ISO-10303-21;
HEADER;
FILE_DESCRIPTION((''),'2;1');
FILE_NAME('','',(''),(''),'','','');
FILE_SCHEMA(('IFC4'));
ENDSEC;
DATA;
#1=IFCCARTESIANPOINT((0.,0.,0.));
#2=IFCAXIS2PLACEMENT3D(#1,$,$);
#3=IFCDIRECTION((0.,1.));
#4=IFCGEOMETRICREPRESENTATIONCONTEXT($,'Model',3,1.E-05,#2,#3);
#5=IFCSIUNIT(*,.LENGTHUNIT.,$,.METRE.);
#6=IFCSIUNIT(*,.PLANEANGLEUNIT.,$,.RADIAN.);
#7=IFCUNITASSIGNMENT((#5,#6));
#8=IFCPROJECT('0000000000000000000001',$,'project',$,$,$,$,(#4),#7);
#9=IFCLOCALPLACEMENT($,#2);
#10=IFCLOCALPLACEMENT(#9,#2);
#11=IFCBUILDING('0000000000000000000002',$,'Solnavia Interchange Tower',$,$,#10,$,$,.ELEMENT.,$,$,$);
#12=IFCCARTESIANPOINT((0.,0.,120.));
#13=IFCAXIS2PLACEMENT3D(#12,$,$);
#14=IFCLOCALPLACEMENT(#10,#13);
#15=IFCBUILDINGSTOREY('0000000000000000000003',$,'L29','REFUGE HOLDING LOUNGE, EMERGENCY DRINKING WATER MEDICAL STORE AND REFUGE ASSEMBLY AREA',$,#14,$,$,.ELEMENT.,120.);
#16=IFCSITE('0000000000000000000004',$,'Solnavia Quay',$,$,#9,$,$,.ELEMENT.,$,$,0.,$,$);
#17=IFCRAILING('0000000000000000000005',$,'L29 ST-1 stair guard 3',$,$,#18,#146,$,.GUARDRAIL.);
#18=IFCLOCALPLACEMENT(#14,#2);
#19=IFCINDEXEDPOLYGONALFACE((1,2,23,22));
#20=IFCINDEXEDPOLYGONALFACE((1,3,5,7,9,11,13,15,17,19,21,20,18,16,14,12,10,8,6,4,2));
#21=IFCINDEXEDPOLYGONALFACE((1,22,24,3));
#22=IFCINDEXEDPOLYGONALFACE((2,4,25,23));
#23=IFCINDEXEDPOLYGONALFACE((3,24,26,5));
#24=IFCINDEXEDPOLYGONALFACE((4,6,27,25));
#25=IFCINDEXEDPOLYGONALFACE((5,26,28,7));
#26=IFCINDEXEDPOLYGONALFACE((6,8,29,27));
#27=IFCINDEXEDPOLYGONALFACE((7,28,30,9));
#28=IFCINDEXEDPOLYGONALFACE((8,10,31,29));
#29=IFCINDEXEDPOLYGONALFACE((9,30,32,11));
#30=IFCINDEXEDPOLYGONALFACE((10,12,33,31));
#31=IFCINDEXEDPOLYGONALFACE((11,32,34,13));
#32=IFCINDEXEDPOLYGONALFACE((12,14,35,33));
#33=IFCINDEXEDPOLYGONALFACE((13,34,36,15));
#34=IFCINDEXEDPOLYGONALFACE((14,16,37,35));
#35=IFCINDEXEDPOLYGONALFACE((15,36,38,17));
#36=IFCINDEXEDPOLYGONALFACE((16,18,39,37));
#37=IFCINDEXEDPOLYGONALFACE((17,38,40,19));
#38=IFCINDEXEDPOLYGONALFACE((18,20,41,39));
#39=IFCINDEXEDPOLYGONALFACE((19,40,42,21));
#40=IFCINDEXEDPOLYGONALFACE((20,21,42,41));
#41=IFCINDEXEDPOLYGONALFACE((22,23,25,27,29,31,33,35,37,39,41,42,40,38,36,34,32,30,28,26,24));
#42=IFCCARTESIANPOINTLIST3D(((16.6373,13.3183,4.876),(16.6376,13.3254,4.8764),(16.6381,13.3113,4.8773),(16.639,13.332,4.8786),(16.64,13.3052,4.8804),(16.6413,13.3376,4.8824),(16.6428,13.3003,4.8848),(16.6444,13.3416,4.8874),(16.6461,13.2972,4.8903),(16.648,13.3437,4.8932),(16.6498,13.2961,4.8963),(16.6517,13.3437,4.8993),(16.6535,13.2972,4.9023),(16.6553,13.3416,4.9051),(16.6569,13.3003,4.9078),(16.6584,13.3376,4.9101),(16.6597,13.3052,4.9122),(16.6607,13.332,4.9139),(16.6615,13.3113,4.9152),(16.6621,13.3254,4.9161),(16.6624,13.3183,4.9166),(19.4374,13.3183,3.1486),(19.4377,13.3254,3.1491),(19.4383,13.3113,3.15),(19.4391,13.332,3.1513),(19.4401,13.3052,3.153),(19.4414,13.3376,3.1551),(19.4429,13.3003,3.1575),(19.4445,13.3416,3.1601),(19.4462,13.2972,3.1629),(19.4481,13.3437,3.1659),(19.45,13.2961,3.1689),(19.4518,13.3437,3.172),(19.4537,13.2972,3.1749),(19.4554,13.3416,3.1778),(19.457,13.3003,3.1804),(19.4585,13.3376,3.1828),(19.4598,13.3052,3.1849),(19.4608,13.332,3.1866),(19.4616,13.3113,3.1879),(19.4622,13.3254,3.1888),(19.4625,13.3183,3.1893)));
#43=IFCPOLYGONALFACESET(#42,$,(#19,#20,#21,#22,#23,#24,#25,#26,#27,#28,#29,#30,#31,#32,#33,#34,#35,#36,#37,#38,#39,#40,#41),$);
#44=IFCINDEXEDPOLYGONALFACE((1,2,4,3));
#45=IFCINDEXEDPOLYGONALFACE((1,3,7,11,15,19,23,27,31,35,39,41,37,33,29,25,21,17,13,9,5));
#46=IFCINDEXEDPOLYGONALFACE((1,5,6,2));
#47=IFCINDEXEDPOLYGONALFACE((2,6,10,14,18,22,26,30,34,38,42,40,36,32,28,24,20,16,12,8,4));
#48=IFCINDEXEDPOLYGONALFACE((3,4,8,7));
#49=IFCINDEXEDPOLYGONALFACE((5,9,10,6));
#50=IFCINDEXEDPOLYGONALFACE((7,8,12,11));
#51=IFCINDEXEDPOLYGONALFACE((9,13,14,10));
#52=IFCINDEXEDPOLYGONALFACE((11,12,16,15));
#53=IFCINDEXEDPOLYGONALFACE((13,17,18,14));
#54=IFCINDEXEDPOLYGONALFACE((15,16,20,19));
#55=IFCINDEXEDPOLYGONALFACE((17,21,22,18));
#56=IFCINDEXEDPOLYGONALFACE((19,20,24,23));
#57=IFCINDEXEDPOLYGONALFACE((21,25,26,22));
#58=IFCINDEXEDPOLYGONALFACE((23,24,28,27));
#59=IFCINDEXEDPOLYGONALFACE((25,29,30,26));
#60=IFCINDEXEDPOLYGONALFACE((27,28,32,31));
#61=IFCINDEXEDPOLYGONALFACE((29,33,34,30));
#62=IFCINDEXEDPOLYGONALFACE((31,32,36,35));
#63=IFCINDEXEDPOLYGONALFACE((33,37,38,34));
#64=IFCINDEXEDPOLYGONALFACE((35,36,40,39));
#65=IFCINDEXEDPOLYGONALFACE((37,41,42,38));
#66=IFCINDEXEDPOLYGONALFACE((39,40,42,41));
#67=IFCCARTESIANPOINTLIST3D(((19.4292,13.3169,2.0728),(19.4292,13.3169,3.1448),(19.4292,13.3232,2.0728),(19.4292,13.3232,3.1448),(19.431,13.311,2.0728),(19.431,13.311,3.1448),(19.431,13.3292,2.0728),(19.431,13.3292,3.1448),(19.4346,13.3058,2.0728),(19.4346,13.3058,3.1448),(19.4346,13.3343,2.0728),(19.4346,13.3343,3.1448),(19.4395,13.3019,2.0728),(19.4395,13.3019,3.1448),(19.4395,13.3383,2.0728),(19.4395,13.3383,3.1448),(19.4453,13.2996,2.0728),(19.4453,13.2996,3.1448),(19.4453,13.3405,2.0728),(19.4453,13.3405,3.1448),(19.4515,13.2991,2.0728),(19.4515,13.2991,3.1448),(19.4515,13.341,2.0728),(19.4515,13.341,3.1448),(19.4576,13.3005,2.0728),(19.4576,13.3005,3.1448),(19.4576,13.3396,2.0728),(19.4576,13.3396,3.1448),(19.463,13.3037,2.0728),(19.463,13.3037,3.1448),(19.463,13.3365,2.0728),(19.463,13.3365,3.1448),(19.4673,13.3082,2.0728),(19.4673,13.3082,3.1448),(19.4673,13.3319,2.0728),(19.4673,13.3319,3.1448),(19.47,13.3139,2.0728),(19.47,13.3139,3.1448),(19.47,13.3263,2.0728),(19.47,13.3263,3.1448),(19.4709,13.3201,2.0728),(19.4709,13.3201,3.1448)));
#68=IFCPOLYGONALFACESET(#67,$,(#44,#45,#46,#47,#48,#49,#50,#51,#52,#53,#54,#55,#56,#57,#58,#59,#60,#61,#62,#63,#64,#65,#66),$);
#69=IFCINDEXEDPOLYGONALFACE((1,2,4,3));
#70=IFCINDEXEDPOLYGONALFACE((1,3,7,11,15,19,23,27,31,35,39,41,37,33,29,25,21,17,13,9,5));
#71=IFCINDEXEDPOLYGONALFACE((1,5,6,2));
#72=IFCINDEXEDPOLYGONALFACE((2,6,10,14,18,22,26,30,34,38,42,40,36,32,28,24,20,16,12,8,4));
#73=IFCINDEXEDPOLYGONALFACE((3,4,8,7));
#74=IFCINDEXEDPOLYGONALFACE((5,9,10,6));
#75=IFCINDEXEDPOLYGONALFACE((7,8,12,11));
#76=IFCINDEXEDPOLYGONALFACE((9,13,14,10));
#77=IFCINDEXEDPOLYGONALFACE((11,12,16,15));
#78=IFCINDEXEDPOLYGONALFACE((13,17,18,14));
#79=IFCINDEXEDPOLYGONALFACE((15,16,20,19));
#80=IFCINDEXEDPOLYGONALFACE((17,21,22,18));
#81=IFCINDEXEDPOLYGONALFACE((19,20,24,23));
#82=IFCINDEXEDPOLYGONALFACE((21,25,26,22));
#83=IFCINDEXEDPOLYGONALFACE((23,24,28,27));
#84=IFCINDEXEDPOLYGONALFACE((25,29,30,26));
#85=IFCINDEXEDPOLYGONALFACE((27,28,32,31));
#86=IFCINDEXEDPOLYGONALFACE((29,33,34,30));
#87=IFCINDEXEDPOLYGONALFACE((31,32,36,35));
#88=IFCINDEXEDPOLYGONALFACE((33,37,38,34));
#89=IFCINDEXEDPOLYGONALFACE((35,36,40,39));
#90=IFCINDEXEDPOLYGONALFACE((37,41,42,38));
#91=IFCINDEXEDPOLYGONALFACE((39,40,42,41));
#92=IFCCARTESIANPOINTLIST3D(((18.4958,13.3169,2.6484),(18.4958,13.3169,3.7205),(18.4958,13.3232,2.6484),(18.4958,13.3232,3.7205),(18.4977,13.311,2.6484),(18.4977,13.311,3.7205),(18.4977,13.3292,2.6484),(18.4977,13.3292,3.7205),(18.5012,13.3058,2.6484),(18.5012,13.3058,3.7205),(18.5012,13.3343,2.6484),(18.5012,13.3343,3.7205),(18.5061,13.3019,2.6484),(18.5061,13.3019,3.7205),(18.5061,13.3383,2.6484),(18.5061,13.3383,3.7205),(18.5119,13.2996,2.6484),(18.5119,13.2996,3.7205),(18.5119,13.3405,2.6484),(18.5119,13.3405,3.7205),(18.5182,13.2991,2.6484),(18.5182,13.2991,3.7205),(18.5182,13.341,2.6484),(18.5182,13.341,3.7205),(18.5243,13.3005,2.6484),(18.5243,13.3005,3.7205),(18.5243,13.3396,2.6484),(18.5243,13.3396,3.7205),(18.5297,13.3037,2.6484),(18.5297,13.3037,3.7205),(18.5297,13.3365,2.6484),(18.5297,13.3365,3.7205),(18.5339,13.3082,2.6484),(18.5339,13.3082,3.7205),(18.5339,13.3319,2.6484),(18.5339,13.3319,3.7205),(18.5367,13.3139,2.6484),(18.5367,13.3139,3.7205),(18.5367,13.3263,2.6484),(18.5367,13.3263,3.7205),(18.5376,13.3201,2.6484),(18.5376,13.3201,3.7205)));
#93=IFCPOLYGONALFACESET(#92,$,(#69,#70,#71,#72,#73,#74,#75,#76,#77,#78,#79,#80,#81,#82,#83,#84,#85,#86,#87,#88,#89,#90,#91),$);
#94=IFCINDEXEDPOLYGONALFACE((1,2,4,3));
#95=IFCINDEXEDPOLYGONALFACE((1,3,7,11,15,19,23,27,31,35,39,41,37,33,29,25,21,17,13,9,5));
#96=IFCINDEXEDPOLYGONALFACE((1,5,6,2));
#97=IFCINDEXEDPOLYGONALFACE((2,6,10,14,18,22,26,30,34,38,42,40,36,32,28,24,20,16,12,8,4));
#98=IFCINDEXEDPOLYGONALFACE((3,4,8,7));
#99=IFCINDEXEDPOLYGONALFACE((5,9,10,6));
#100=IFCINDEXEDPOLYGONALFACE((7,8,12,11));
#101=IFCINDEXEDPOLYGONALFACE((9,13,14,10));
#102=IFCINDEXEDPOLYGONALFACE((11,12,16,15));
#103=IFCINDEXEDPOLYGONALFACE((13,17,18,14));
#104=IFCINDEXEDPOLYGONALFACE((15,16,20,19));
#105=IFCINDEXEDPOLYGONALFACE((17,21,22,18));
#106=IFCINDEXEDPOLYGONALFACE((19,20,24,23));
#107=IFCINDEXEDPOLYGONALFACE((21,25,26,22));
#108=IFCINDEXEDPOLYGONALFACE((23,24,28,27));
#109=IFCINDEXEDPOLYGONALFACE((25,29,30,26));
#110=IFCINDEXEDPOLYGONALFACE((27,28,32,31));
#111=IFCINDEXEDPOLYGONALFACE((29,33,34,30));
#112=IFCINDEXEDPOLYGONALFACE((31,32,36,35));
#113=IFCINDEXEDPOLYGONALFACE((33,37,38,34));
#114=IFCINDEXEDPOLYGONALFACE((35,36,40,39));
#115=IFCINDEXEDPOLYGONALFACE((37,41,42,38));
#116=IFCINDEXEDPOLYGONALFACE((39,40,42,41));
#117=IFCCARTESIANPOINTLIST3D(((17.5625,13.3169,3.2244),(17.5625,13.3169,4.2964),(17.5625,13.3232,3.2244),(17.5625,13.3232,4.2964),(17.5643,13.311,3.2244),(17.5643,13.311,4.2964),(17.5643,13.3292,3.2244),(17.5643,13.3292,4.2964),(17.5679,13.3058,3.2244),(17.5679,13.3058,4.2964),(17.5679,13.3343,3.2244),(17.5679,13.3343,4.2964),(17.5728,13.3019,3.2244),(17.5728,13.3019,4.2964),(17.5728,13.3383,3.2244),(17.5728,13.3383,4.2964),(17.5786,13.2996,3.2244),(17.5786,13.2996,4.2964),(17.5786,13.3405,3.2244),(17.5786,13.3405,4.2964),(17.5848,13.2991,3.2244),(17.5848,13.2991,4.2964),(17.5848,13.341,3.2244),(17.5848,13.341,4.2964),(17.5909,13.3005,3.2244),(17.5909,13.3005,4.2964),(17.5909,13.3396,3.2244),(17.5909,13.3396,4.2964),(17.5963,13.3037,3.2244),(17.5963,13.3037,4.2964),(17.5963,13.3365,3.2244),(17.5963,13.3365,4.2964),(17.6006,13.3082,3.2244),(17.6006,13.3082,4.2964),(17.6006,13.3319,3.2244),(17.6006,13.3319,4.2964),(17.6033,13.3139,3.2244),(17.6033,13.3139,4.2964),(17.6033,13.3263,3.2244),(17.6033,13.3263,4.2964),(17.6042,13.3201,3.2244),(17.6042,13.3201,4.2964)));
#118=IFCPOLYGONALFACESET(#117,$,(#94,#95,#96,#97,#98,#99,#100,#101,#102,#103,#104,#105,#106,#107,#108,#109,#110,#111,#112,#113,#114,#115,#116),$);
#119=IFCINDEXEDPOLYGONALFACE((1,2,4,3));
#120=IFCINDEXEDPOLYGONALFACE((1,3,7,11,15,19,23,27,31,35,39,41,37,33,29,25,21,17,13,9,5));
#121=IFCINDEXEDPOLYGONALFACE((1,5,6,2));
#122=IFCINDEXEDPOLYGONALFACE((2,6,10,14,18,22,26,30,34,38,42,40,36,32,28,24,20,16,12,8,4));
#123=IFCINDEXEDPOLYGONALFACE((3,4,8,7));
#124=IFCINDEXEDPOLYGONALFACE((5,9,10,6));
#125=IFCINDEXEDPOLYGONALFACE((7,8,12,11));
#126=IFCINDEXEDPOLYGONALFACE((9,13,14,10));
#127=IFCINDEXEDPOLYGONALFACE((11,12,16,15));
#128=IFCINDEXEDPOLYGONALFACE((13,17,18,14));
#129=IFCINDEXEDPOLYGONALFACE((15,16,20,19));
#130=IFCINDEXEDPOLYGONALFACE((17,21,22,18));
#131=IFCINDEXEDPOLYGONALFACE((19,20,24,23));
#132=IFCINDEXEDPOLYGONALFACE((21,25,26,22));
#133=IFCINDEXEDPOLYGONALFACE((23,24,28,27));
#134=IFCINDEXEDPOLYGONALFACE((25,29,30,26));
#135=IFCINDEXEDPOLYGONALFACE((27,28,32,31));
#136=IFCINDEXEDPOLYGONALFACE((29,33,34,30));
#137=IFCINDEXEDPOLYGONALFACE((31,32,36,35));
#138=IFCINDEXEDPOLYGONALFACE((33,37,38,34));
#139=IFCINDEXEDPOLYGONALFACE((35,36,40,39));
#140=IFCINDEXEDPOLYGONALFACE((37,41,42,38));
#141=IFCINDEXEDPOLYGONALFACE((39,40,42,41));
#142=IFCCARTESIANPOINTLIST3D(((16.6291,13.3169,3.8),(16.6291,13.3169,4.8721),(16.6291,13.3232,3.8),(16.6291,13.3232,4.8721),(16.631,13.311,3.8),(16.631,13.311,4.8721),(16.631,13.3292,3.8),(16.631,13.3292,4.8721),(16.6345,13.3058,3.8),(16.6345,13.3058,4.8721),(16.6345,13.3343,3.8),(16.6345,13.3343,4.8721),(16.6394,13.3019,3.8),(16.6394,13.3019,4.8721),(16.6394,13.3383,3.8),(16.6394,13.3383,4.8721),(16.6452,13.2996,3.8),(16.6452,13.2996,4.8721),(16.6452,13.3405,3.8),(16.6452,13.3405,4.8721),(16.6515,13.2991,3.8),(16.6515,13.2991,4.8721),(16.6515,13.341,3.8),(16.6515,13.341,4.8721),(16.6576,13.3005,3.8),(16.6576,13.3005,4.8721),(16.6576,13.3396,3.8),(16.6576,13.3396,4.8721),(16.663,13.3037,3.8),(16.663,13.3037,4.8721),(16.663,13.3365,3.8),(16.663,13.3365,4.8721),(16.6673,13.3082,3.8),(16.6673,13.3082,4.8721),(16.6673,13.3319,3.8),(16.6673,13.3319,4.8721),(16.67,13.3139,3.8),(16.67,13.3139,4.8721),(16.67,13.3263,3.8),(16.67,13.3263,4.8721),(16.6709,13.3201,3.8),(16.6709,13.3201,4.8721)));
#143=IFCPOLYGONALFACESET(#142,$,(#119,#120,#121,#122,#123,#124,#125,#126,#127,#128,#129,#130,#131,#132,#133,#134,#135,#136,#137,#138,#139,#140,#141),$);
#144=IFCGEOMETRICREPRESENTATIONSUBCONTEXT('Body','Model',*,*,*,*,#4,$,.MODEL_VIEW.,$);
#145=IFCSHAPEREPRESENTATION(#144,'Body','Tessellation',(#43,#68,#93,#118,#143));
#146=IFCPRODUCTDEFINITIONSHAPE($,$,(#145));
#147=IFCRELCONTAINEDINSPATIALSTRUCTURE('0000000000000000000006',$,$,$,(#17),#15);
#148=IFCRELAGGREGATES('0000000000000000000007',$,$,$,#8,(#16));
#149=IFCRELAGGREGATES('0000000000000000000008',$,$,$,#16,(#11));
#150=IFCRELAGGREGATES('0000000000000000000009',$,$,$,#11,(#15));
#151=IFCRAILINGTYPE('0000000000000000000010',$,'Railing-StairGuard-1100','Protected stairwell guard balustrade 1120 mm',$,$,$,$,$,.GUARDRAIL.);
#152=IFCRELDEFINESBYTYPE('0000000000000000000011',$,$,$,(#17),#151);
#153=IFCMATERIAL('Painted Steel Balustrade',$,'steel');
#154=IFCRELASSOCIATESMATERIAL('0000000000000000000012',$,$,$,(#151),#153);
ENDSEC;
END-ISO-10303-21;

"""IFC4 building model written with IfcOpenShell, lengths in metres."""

from ifc_helpers import new_model, si_unit, direction, frame, origin, origin_2d, place, context, subcontext, project, spatial, circle, extrude, material, type_object, element, save


model = new_model("IFC4")

# Units and contexts
model_context = context("Model", 3, precision=1e-05, world=origin(), true_north=direction((0.0, 1.0)))
body_context = subcontext(model_context, "Body", "Model", "MODEL_VIEW")
ifc_project = project(units=[si_unit("LENGTHUNIT", "METRE"), si_unit("PLANEANGLEUNIT", "RADIAN")], contexts=[model_context])

# Site, building, storey
site_placement = place(None, origin())
site = spatial("IfcSite", under=ifc_project, at=site_placement, Name="Solnavia Quay", CompositionType="ELEMENT", RefElevation=0.0)
building_placement = place(site_placement, origin())
building = spatial("IfcBuilding", under=site, at=building_placement, Name="Solnavia Interchange Tower", CompositionType="ELEMENT")
storey_placement = place(building_placement, frame((0.0, 0.0, 120.0)))
storey = spatial("IfcBuildingStorey", under=building, at=storey_placement, Name="L29", Description="REFUGE HOLDING LOUNGE, EMERGENCY DRINKING WATER MEDICAL STORE AND REFUGE ASSEMBLY AREA", CompositionType="ELEMENT", Elevation=120.0)

# Railing
ifc_material_1 = material(Name="Painted Steel Balustrade", Category="steel")
railing_type_1 = type_object("IfcRailingType", Name="Railing-StairGuard-1100", Description="Protected stairwell guard balustrade 1120 mm", PredefinedType="GUARDRAIL", material=ifc_material_1)
railing_1_placement = place(storey_placement, frame((19.45, 13.3201, 2.0728)))
element("IfcRailing", 1, at=railing_1_placement, inside=storey, type_object=railing_type_1, Name="L29 ST-1 stair guard 3", PredefinedType="GUARDRAIL", context=body_context, shape_type="SweptSolid", body=[
    extrude(circle(Radius=0.0239, at=origin_2d()), frame((0.0, 0.0, 1.0962), z_axis=(-0.85109, 0.0, 0.52502), x_axis=(0.0, -1.0, 0.0)), (0.0, 0.0, 1.0), 3.29),
    extrude(circle(Radius=0.021, at=origin_2d()), origin(), (0.0, 0.0, 1.0), 1.072),
    extrude(circle(Radius=0.021, at=origin_2d()), frame((-0.9333, 0.0, 0.5757)), (0.0, 0.0, 1.0), 1.072),
    extrude(circle(Radius=0.021, at=origin_2d()), frame((-1.8667, 0.0, 1.1516)), (0.0, 0.0, 1.0), 1.072),
    extrude(circle(Radius=0.021, at=origin_2d()), frame((-2.8, 0.0, 1.7273)), (0.0, 0.0, 1.0), 1.072),
])

save(model, "model.ifc")
